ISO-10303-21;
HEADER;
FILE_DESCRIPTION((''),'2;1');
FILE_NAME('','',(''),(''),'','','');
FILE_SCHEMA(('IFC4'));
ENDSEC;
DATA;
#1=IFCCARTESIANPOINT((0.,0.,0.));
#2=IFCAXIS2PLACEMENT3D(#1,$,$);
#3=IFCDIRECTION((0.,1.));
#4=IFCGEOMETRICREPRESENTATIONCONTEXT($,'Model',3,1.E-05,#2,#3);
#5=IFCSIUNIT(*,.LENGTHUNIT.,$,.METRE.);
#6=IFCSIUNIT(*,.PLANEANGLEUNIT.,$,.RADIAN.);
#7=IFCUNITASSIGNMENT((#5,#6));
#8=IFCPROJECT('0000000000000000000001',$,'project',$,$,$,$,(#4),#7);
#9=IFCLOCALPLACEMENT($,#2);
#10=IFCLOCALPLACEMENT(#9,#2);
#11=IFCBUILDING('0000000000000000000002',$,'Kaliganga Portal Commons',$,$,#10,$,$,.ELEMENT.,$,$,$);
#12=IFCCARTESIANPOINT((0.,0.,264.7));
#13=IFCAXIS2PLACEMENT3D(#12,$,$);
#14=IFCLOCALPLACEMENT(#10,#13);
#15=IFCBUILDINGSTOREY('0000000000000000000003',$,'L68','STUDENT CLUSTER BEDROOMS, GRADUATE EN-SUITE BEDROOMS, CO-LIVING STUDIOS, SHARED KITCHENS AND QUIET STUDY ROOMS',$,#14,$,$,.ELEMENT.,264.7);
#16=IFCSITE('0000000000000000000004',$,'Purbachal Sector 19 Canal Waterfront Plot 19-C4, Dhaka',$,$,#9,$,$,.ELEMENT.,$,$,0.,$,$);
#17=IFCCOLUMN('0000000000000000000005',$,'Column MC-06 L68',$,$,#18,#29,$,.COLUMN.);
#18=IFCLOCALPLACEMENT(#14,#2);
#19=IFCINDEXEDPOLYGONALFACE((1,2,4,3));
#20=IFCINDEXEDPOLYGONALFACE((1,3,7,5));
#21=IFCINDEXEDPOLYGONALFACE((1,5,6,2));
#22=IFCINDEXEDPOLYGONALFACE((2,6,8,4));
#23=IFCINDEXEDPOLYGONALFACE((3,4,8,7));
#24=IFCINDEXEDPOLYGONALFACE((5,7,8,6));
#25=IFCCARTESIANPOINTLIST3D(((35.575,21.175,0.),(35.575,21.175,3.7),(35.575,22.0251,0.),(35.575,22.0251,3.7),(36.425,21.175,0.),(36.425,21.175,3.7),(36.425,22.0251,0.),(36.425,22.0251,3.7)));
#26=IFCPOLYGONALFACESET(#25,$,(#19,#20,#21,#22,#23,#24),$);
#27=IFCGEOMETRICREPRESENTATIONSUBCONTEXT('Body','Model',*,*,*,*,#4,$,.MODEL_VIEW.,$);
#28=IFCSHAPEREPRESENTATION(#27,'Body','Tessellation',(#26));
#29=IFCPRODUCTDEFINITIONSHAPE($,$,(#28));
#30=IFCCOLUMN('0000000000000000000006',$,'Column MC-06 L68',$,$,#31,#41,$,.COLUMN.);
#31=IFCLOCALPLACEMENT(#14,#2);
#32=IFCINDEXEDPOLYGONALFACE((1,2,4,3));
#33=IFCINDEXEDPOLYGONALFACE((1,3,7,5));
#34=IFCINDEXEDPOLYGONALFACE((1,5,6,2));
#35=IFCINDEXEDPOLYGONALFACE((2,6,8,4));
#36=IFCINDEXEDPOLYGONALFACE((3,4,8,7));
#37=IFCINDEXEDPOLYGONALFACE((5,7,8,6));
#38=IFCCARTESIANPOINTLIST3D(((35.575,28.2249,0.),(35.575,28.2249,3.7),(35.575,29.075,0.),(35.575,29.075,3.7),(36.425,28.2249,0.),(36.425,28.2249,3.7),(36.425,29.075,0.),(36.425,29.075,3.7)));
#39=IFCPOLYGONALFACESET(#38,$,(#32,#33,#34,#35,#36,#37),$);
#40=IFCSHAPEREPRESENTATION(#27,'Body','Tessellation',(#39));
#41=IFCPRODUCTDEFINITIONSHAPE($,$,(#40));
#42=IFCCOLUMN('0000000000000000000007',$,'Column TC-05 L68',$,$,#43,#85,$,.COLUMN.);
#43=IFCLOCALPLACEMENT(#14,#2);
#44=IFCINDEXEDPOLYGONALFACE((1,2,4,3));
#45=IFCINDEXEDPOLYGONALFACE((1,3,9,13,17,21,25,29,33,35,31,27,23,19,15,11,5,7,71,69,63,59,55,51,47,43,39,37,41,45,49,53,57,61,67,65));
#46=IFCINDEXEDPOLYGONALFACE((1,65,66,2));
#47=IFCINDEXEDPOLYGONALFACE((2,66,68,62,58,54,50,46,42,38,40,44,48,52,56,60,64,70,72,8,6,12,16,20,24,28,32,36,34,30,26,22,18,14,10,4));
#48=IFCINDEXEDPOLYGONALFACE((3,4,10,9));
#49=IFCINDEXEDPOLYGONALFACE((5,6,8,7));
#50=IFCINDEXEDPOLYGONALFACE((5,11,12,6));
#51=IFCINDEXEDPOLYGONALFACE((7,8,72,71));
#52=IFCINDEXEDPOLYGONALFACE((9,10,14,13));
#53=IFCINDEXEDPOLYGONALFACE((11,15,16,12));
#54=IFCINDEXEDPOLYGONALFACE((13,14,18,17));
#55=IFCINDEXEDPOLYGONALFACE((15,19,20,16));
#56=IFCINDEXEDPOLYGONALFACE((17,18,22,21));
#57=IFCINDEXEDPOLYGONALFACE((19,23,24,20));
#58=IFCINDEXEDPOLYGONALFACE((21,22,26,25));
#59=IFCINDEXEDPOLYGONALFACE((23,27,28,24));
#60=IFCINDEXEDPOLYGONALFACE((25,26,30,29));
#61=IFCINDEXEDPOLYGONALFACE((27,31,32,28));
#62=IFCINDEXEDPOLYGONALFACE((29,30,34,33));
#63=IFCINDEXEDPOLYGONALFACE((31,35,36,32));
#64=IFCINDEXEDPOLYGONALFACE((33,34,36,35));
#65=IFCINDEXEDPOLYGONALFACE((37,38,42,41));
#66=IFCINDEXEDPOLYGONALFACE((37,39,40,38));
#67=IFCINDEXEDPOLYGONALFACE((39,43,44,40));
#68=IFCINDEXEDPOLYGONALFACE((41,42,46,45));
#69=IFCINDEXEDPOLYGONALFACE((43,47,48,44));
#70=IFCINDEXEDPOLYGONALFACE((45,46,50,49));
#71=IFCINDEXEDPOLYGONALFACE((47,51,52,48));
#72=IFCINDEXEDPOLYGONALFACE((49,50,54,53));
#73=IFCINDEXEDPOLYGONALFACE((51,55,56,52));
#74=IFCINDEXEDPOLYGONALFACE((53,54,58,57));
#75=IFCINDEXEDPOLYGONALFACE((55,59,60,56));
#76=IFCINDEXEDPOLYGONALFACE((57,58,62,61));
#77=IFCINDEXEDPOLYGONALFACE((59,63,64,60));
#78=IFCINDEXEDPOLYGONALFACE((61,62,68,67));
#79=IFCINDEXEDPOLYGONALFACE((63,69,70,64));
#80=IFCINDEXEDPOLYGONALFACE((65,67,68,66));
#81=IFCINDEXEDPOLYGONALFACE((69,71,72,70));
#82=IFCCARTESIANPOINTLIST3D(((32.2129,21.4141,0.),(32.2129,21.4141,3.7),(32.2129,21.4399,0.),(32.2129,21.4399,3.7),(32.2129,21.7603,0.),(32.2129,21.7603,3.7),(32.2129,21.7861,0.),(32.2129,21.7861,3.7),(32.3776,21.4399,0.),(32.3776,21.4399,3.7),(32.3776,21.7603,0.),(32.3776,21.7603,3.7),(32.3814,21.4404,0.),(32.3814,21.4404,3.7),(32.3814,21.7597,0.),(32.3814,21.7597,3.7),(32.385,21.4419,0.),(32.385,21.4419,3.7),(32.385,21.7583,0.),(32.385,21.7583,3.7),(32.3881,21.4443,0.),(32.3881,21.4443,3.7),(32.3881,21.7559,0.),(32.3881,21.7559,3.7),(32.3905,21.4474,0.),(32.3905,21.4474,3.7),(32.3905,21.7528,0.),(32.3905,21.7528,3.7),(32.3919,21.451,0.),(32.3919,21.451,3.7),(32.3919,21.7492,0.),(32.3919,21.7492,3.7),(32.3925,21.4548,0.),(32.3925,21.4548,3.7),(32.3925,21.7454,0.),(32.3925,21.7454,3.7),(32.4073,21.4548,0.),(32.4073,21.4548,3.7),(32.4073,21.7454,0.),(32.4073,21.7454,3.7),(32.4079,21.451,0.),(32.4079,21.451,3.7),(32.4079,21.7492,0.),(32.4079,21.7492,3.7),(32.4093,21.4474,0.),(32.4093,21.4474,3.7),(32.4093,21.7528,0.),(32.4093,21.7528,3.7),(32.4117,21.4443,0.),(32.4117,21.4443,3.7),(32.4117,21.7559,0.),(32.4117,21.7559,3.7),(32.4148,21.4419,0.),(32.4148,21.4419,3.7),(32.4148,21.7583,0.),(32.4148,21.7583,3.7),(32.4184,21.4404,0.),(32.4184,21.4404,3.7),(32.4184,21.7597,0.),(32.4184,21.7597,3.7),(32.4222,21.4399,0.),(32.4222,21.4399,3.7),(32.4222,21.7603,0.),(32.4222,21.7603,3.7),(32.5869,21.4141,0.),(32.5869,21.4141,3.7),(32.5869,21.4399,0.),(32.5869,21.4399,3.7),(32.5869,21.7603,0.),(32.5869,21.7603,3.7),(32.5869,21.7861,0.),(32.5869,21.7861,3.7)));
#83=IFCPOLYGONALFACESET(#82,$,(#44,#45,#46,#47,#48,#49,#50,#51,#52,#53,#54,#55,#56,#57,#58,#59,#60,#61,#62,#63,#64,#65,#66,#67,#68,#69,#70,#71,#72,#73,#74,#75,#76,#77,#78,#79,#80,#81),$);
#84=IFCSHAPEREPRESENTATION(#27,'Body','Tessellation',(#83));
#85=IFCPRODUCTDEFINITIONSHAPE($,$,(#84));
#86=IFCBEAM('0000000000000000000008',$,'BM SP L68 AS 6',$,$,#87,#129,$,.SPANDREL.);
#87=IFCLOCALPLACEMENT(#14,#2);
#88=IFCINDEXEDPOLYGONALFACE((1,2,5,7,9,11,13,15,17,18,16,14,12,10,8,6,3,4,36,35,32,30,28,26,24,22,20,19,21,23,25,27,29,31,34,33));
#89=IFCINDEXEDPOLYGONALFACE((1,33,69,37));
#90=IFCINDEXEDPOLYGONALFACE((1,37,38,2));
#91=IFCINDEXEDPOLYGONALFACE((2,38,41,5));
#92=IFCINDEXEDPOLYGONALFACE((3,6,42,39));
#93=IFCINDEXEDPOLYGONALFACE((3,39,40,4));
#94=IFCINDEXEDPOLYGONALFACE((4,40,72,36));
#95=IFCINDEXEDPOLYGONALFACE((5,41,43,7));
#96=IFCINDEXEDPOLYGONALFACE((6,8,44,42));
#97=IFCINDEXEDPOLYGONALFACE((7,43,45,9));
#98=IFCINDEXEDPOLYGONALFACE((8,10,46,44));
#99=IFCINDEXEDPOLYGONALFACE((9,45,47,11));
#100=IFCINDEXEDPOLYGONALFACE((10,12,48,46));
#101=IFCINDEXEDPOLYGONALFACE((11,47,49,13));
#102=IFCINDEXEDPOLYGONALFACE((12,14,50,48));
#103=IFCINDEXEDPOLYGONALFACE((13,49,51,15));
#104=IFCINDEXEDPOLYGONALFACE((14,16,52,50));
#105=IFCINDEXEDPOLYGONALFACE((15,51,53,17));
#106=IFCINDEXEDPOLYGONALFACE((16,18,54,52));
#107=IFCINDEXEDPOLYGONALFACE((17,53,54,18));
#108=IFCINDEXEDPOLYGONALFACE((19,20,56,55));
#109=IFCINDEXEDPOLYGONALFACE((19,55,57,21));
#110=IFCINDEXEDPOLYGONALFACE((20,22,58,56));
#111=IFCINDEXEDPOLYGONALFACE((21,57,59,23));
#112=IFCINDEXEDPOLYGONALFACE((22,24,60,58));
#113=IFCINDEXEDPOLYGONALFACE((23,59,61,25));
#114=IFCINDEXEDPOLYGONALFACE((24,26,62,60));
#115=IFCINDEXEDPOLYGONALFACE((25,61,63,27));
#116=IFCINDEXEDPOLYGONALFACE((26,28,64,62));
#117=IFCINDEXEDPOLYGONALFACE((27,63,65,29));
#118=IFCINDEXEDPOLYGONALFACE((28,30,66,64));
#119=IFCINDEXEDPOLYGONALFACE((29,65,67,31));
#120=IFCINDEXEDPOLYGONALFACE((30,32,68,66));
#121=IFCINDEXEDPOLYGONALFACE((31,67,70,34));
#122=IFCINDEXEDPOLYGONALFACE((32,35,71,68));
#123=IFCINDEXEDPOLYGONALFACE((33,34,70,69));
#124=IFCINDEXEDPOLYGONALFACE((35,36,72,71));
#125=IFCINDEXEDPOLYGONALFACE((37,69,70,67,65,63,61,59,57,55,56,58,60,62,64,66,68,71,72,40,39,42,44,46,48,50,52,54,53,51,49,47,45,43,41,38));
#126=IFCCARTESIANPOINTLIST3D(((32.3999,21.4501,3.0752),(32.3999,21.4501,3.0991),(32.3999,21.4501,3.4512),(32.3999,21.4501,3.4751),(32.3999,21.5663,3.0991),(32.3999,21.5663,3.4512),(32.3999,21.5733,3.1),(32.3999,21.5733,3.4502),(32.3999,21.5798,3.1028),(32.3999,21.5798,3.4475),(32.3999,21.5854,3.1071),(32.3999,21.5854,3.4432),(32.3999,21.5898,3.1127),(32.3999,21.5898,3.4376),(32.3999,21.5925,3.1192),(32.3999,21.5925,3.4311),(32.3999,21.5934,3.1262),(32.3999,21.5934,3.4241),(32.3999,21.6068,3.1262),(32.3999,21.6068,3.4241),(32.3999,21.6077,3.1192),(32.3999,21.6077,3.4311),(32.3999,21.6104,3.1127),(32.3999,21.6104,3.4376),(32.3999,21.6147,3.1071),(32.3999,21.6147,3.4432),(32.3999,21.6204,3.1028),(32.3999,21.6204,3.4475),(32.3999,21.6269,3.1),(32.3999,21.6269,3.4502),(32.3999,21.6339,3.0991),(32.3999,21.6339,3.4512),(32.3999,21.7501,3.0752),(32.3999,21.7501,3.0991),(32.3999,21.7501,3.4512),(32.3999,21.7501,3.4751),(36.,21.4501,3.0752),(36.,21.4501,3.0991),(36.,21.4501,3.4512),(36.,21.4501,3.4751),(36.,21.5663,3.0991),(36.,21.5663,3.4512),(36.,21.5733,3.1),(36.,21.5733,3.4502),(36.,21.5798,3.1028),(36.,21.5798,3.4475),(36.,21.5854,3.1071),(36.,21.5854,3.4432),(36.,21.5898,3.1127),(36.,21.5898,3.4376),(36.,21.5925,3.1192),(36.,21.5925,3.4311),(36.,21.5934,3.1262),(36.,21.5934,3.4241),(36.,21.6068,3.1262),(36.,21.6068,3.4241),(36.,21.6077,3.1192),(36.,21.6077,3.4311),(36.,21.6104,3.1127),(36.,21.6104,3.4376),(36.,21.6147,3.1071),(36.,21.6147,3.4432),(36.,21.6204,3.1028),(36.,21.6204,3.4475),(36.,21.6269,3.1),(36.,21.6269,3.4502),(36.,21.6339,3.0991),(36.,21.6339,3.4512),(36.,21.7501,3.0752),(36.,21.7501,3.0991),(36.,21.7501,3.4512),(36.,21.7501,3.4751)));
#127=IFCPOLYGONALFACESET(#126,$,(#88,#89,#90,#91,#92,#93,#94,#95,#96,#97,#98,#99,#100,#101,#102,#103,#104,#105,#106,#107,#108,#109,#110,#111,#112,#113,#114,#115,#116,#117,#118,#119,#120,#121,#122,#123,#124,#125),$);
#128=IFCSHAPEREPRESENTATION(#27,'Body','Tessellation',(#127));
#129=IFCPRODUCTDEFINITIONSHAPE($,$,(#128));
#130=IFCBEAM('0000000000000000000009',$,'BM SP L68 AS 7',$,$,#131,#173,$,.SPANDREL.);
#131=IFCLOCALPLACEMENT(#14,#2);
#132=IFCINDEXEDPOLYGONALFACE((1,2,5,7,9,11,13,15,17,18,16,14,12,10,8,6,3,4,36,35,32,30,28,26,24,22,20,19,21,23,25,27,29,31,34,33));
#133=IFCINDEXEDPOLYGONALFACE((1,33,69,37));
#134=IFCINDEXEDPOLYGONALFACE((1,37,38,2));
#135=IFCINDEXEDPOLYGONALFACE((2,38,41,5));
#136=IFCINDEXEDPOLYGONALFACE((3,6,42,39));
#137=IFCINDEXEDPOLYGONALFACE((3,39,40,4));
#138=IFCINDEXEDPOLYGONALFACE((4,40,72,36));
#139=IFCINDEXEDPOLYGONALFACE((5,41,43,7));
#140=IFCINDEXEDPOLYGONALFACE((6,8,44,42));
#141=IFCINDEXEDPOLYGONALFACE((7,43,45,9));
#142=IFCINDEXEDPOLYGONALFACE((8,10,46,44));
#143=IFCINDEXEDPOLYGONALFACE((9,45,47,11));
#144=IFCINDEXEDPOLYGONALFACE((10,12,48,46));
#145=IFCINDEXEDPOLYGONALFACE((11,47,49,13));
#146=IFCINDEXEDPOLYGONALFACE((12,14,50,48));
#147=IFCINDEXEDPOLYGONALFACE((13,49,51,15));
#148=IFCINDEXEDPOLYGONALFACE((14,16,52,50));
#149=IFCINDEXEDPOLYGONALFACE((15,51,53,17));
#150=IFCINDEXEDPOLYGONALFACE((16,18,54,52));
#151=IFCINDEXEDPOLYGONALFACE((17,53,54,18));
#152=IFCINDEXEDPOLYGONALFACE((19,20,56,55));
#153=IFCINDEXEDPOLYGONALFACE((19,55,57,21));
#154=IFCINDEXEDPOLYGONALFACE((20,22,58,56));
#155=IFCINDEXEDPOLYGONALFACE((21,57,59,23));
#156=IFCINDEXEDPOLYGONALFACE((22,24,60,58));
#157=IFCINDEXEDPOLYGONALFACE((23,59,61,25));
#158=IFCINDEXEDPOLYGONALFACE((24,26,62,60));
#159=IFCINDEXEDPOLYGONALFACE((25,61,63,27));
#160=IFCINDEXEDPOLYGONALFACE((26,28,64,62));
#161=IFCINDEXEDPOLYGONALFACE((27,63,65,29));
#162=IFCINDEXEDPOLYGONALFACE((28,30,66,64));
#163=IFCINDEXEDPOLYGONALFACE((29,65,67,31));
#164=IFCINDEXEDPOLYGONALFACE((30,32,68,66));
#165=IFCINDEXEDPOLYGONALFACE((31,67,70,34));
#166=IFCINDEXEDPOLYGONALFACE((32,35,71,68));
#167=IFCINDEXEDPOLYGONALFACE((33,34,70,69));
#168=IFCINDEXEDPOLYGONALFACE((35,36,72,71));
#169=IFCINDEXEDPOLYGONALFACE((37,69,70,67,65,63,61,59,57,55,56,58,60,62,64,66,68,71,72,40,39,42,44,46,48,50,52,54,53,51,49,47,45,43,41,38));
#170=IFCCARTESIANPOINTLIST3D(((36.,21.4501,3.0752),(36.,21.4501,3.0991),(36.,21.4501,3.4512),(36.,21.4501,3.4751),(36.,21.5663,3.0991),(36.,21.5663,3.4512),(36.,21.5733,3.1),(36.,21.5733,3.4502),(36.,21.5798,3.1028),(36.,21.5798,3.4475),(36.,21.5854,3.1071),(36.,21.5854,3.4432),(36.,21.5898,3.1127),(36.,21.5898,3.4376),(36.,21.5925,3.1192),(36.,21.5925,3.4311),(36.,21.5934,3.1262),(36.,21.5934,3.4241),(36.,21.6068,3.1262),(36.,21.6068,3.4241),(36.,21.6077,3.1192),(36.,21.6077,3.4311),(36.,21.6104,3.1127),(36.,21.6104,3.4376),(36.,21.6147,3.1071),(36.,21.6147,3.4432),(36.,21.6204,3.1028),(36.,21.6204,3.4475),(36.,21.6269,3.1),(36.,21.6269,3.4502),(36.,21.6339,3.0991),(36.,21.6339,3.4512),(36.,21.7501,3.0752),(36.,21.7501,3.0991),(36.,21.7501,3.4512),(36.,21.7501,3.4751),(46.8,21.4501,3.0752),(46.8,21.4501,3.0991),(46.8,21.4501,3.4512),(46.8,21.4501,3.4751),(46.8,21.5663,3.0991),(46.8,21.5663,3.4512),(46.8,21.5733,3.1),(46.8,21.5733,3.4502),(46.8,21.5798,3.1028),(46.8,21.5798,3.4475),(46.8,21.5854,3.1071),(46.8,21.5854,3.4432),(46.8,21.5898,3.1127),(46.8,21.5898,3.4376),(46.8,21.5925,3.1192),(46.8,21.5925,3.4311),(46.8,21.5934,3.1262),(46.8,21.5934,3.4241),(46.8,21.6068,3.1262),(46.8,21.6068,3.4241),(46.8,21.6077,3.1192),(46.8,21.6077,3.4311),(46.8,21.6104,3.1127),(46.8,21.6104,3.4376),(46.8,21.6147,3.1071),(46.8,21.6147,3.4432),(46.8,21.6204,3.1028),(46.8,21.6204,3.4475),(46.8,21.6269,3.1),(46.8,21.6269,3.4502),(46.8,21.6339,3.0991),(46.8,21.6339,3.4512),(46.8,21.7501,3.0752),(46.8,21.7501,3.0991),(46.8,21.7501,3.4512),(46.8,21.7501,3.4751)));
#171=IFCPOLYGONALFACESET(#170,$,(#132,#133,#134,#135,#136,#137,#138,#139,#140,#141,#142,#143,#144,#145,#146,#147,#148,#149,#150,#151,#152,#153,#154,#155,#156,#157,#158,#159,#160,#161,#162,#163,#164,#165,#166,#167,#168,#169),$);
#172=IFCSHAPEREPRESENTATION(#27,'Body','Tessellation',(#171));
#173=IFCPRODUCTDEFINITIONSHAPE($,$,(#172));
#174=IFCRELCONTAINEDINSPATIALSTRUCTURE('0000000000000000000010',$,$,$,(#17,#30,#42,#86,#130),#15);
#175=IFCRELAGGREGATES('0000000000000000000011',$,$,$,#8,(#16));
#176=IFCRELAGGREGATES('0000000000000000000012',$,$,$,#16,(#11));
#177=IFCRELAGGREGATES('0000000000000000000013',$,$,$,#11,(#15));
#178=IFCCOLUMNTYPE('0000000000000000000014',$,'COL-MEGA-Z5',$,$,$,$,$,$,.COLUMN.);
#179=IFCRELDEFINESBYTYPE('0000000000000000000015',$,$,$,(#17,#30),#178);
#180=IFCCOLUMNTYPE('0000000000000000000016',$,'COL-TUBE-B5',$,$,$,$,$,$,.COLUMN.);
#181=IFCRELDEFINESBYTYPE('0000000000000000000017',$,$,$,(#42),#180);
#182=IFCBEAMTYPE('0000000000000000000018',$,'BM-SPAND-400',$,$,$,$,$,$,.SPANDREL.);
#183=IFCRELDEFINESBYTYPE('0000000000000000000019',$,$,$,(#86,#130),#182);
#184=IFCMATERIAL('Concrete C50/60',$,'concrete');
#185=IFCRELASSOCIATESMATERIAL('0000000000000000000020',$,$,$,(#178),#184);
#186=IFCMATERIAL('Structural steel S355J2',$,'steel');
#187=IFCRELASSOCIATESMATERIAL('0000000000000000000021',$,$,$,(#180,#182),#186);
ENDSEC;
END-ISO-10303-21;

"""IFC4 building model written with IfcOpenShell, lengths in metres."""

from ifc_helpers import new_model, si_unit, direction, frame, origin, origin_2d, place, context, subcontext, project, spatial, rectangle, i_section, extrude, source, transform, mapped, material, material_profile, profile_set, type_object, element, save


model = new_model("IFC4")

# Units and contexts
model_context = context("Model", 3, precision=1e-05, world=origin(), true_north=direction((0.0, 1.0)))
body_context = subcontext(model_context, "Body", "Model", "MODEL_VIEW")
ifc_project = project(units=[si_unit("LENGTHUNIT", "METRE"), si_unit("PLANEANGLEUNIT", "RADIAN")], contexts=[model_context])

# Site, building, storey
site_placement = place(None, origin())
site = spatial("IfcSite", under=ifc_project, at=site_placement, Name="Purbachal Sector 19 Canal Waterfront Plot 19-C4, Dhaka", CompositionType="ELEMENT", RefElevation=0.0)
building_placement = place(site_placement, origin())
building = spatial("IfcBuilding", under=site, at=building_placement, Name="Kaliganga Portal Commons", CompositionType="ELEMENT")
storey_placement = place(building_placement, frame((0.0, 0.0, 264.7)))
storey = spatial("IfcBuildingStorey", under=building, at=storey_placement, Name="L68", Description="STUDENT CLUSTER BEDROOMS, GRADUATE EN-SUITE BEDROOMS, CO-LIVING STUDIOS, SHARED KITCHENS AND QUIET STUDY ROOMS", CompositionType="ELEMENT", Elevation=264.7)

# Columns
ifc_material_1 = material(Name="Concrete C50/60", Category="concrete")
ifc_material_profile_1 = material_profile(ifc_material_1, rectangle(XDim=0.8501, YDim=0.8501, at=origin_2d()), Name="RC 850x850")
ifc_profile_set_1 = profile_set([ifc_material_profile_1], Name="Concrete C50/60")
column_type_1 = type_object("IfcColumnType", Name="COL-MEGA-Z5", PredefinedType="COLUMN", material=ifc_profile_set_1)
shared_shape_1 = source(origin(), body_context, "Body", "SweptSolid", [
    extrude(rectangle(XDim=0.8501, YDim=0.8501, at=origin_2d()), origin(), (0.0, 0.0, 1.0), 3.7),
])
for number, where, z_axis, x_axis, name in (
    (1, (36.0, 21.6001, 0.0), (0.0, 0.0, 1.0), (1.0, 0.0, 0.0), "Column MC-06 L68"),
    (2, (36.0, 28.6499, 0.0), (0.0, 0.0, 1.0), (1.0, 0.0, 0.0), "Column MC-06 L68"),
):
    element("IfcColumn", number, at=place(storey_placement, frame(where, z_axis=z_axis, x_axis=x_axis)), inside=storey, type_object=column_type_1, Name=name, PredefinedType="COLUMN", context=body_context, shape_type="MappedRepresentation", body=[
        mapped(shared_shape_1, transform((0.0, 0.0, 0.0), x_axis=(1.0, 0.0, 0.0), y_axis=(0.0, 1.0, 0.0), z_axis=(0.0, 0.0, 1.0), scale=1.0)),
    ])
ifc_material_2 = material(Name="Structural steel S355J2", Category="steel")
ifc_material_profile_2 = material_profile(ifc_material_2, i_section(OverallWidth=0.374, OverallDepth=0.3721, WebThickness=0.0149, FlangeThickness=0.0259, FilletRadius=0.0149, at=origin_2d()), Name="HD 360x196")
ifc_profile_set_2 = profile_set([ifc_material_profile_2], Name="Structural steel S355J2 wide-flange")
column_type_2 = type_object("IfcColumnType", Name="COL-TUBE-B5", PredefinedType="COLUMN", material=ifc_profile_set_2)
shared_shape_2 = source(origin(), body_context, "Body", "SweptSolid", [
    extrude(i_section(OverallWidth=0.374, OverallDepth=0.3721, WebThickness=0.0149, FlangeThickness=0.0259, FilletRadius=0.0149, at=origin_2d()), origin(), (0.0, 0.0, 1.0), 3.7),
])
column_placement = place(storey_placement, frame((32.3999, 21.6001, 0.0), z_axis=(0.0, 0.0, 1.0), x_axis=(1.0, 0.0, 0.0)))
element("IfcColumn", 3, at=column_placement, inside=storey, type_object=column_type_2, Name="Column TC-05 L68", PredefinedType="COLUMN", context=body_context, shape_type="MappedRepresentation", body=[
    mapped(shared_shape_2, transform((0.0, 0.0, 0.0), x_axis=(1.0, 0.0, 0.0), y_axis=(0.0, 1.0, 0.0), z_axis=(0.0, 0.0, 1.0), scale=1.0)),
])

# Beams
ifc_material_profile_3 = material_profile(ifc_material_2, i_section(OverallWidth=0.3, OverallDepth=0.3999, WebThickness=0.0134, FlangeThickness=0.0239, FilletRadius=0.0271, at=origin_2d()), Name="HE 400 B")
ifc_profile_set_3 = profile_set([ifc_material_profile_3], Name="Structural steel S355J2 wide-flange")
beam_type_1 = type_object("IfcBeamType", Name="BM-SPAND-400", PredefinedType="SPANDREL", material=ifc_profile_set_3)
shared_shape_3 = source(origin(), body_context, "Body", "SweptSolid", [
    extrude(i_section(OverallWidth=0.3, OverallDepth=0.3999, WebThickness=0.0134, FlangeThickness=0.0239, FilletRadius=0.0271, at=origin_2d()), origin(), (0.0, 0.0, 1.0), 3.6001),
])
beam_1_placement = place(storey_placement, frame((32.3999, 21.6001, 3.2751), z_axis=(1.0, 0.0, 0.0), x_axis=(0.0, 1.0, 0.0)))
element("IfcBeam", 4, at=beam_1_placement, inside=storey, type_object=beam_type_1, Name="BM SP L68 AS 6", PredefinedType="SPANDREL", context=body_context, shape_type="MappedRepresentation", body=[
    mapped(shared_shape_3, transform((0.0, 0.0, 0.0), x_axis=(1.0, 0.0, 0.0), y_axis=(0.0, 1.0, 0.0), z_axis=(0.0, 0.0, 1.0), scale=1.0)),
])
shared_shape_4 = source(origin(), body_context, "Body", "SweptSolid", [
    extrude(i_section(OverallWidth=0.3, OverallDepth=0.3999, WebThickness=0.0134, FlangeThickness=0.0239, FilletRadius=0.0271, at=origin_2d()), origin(), (0.0, 0.0, 1.0), 10.8),
])
beam_2_placement = place(storey_placement, frame((36.0, 21.6001, 3.2751), z_axis=(1.0, 0.0, 0.0), x_axis=(0.0, 1.0, 0.0)))
element("IfcBeam", 5, at=beam_2_placement, inside=storey, type_object=beam_type_1, Name="BM SP L68 AS 7", PredefinedType="SPANDREL", context=body_context, shape_type="MappedRepresentation", body=[
    mapped(shared_shape_4, transform((0.0, 0.0, 0.0), x_axis=(1.0, 0.0, 0.0), y_axis=(0.0, 1.0, 0.0), z_axis=(0.0, 0.0, 1.0), scale=1.0)),
])

save(model, "model.ifc")
